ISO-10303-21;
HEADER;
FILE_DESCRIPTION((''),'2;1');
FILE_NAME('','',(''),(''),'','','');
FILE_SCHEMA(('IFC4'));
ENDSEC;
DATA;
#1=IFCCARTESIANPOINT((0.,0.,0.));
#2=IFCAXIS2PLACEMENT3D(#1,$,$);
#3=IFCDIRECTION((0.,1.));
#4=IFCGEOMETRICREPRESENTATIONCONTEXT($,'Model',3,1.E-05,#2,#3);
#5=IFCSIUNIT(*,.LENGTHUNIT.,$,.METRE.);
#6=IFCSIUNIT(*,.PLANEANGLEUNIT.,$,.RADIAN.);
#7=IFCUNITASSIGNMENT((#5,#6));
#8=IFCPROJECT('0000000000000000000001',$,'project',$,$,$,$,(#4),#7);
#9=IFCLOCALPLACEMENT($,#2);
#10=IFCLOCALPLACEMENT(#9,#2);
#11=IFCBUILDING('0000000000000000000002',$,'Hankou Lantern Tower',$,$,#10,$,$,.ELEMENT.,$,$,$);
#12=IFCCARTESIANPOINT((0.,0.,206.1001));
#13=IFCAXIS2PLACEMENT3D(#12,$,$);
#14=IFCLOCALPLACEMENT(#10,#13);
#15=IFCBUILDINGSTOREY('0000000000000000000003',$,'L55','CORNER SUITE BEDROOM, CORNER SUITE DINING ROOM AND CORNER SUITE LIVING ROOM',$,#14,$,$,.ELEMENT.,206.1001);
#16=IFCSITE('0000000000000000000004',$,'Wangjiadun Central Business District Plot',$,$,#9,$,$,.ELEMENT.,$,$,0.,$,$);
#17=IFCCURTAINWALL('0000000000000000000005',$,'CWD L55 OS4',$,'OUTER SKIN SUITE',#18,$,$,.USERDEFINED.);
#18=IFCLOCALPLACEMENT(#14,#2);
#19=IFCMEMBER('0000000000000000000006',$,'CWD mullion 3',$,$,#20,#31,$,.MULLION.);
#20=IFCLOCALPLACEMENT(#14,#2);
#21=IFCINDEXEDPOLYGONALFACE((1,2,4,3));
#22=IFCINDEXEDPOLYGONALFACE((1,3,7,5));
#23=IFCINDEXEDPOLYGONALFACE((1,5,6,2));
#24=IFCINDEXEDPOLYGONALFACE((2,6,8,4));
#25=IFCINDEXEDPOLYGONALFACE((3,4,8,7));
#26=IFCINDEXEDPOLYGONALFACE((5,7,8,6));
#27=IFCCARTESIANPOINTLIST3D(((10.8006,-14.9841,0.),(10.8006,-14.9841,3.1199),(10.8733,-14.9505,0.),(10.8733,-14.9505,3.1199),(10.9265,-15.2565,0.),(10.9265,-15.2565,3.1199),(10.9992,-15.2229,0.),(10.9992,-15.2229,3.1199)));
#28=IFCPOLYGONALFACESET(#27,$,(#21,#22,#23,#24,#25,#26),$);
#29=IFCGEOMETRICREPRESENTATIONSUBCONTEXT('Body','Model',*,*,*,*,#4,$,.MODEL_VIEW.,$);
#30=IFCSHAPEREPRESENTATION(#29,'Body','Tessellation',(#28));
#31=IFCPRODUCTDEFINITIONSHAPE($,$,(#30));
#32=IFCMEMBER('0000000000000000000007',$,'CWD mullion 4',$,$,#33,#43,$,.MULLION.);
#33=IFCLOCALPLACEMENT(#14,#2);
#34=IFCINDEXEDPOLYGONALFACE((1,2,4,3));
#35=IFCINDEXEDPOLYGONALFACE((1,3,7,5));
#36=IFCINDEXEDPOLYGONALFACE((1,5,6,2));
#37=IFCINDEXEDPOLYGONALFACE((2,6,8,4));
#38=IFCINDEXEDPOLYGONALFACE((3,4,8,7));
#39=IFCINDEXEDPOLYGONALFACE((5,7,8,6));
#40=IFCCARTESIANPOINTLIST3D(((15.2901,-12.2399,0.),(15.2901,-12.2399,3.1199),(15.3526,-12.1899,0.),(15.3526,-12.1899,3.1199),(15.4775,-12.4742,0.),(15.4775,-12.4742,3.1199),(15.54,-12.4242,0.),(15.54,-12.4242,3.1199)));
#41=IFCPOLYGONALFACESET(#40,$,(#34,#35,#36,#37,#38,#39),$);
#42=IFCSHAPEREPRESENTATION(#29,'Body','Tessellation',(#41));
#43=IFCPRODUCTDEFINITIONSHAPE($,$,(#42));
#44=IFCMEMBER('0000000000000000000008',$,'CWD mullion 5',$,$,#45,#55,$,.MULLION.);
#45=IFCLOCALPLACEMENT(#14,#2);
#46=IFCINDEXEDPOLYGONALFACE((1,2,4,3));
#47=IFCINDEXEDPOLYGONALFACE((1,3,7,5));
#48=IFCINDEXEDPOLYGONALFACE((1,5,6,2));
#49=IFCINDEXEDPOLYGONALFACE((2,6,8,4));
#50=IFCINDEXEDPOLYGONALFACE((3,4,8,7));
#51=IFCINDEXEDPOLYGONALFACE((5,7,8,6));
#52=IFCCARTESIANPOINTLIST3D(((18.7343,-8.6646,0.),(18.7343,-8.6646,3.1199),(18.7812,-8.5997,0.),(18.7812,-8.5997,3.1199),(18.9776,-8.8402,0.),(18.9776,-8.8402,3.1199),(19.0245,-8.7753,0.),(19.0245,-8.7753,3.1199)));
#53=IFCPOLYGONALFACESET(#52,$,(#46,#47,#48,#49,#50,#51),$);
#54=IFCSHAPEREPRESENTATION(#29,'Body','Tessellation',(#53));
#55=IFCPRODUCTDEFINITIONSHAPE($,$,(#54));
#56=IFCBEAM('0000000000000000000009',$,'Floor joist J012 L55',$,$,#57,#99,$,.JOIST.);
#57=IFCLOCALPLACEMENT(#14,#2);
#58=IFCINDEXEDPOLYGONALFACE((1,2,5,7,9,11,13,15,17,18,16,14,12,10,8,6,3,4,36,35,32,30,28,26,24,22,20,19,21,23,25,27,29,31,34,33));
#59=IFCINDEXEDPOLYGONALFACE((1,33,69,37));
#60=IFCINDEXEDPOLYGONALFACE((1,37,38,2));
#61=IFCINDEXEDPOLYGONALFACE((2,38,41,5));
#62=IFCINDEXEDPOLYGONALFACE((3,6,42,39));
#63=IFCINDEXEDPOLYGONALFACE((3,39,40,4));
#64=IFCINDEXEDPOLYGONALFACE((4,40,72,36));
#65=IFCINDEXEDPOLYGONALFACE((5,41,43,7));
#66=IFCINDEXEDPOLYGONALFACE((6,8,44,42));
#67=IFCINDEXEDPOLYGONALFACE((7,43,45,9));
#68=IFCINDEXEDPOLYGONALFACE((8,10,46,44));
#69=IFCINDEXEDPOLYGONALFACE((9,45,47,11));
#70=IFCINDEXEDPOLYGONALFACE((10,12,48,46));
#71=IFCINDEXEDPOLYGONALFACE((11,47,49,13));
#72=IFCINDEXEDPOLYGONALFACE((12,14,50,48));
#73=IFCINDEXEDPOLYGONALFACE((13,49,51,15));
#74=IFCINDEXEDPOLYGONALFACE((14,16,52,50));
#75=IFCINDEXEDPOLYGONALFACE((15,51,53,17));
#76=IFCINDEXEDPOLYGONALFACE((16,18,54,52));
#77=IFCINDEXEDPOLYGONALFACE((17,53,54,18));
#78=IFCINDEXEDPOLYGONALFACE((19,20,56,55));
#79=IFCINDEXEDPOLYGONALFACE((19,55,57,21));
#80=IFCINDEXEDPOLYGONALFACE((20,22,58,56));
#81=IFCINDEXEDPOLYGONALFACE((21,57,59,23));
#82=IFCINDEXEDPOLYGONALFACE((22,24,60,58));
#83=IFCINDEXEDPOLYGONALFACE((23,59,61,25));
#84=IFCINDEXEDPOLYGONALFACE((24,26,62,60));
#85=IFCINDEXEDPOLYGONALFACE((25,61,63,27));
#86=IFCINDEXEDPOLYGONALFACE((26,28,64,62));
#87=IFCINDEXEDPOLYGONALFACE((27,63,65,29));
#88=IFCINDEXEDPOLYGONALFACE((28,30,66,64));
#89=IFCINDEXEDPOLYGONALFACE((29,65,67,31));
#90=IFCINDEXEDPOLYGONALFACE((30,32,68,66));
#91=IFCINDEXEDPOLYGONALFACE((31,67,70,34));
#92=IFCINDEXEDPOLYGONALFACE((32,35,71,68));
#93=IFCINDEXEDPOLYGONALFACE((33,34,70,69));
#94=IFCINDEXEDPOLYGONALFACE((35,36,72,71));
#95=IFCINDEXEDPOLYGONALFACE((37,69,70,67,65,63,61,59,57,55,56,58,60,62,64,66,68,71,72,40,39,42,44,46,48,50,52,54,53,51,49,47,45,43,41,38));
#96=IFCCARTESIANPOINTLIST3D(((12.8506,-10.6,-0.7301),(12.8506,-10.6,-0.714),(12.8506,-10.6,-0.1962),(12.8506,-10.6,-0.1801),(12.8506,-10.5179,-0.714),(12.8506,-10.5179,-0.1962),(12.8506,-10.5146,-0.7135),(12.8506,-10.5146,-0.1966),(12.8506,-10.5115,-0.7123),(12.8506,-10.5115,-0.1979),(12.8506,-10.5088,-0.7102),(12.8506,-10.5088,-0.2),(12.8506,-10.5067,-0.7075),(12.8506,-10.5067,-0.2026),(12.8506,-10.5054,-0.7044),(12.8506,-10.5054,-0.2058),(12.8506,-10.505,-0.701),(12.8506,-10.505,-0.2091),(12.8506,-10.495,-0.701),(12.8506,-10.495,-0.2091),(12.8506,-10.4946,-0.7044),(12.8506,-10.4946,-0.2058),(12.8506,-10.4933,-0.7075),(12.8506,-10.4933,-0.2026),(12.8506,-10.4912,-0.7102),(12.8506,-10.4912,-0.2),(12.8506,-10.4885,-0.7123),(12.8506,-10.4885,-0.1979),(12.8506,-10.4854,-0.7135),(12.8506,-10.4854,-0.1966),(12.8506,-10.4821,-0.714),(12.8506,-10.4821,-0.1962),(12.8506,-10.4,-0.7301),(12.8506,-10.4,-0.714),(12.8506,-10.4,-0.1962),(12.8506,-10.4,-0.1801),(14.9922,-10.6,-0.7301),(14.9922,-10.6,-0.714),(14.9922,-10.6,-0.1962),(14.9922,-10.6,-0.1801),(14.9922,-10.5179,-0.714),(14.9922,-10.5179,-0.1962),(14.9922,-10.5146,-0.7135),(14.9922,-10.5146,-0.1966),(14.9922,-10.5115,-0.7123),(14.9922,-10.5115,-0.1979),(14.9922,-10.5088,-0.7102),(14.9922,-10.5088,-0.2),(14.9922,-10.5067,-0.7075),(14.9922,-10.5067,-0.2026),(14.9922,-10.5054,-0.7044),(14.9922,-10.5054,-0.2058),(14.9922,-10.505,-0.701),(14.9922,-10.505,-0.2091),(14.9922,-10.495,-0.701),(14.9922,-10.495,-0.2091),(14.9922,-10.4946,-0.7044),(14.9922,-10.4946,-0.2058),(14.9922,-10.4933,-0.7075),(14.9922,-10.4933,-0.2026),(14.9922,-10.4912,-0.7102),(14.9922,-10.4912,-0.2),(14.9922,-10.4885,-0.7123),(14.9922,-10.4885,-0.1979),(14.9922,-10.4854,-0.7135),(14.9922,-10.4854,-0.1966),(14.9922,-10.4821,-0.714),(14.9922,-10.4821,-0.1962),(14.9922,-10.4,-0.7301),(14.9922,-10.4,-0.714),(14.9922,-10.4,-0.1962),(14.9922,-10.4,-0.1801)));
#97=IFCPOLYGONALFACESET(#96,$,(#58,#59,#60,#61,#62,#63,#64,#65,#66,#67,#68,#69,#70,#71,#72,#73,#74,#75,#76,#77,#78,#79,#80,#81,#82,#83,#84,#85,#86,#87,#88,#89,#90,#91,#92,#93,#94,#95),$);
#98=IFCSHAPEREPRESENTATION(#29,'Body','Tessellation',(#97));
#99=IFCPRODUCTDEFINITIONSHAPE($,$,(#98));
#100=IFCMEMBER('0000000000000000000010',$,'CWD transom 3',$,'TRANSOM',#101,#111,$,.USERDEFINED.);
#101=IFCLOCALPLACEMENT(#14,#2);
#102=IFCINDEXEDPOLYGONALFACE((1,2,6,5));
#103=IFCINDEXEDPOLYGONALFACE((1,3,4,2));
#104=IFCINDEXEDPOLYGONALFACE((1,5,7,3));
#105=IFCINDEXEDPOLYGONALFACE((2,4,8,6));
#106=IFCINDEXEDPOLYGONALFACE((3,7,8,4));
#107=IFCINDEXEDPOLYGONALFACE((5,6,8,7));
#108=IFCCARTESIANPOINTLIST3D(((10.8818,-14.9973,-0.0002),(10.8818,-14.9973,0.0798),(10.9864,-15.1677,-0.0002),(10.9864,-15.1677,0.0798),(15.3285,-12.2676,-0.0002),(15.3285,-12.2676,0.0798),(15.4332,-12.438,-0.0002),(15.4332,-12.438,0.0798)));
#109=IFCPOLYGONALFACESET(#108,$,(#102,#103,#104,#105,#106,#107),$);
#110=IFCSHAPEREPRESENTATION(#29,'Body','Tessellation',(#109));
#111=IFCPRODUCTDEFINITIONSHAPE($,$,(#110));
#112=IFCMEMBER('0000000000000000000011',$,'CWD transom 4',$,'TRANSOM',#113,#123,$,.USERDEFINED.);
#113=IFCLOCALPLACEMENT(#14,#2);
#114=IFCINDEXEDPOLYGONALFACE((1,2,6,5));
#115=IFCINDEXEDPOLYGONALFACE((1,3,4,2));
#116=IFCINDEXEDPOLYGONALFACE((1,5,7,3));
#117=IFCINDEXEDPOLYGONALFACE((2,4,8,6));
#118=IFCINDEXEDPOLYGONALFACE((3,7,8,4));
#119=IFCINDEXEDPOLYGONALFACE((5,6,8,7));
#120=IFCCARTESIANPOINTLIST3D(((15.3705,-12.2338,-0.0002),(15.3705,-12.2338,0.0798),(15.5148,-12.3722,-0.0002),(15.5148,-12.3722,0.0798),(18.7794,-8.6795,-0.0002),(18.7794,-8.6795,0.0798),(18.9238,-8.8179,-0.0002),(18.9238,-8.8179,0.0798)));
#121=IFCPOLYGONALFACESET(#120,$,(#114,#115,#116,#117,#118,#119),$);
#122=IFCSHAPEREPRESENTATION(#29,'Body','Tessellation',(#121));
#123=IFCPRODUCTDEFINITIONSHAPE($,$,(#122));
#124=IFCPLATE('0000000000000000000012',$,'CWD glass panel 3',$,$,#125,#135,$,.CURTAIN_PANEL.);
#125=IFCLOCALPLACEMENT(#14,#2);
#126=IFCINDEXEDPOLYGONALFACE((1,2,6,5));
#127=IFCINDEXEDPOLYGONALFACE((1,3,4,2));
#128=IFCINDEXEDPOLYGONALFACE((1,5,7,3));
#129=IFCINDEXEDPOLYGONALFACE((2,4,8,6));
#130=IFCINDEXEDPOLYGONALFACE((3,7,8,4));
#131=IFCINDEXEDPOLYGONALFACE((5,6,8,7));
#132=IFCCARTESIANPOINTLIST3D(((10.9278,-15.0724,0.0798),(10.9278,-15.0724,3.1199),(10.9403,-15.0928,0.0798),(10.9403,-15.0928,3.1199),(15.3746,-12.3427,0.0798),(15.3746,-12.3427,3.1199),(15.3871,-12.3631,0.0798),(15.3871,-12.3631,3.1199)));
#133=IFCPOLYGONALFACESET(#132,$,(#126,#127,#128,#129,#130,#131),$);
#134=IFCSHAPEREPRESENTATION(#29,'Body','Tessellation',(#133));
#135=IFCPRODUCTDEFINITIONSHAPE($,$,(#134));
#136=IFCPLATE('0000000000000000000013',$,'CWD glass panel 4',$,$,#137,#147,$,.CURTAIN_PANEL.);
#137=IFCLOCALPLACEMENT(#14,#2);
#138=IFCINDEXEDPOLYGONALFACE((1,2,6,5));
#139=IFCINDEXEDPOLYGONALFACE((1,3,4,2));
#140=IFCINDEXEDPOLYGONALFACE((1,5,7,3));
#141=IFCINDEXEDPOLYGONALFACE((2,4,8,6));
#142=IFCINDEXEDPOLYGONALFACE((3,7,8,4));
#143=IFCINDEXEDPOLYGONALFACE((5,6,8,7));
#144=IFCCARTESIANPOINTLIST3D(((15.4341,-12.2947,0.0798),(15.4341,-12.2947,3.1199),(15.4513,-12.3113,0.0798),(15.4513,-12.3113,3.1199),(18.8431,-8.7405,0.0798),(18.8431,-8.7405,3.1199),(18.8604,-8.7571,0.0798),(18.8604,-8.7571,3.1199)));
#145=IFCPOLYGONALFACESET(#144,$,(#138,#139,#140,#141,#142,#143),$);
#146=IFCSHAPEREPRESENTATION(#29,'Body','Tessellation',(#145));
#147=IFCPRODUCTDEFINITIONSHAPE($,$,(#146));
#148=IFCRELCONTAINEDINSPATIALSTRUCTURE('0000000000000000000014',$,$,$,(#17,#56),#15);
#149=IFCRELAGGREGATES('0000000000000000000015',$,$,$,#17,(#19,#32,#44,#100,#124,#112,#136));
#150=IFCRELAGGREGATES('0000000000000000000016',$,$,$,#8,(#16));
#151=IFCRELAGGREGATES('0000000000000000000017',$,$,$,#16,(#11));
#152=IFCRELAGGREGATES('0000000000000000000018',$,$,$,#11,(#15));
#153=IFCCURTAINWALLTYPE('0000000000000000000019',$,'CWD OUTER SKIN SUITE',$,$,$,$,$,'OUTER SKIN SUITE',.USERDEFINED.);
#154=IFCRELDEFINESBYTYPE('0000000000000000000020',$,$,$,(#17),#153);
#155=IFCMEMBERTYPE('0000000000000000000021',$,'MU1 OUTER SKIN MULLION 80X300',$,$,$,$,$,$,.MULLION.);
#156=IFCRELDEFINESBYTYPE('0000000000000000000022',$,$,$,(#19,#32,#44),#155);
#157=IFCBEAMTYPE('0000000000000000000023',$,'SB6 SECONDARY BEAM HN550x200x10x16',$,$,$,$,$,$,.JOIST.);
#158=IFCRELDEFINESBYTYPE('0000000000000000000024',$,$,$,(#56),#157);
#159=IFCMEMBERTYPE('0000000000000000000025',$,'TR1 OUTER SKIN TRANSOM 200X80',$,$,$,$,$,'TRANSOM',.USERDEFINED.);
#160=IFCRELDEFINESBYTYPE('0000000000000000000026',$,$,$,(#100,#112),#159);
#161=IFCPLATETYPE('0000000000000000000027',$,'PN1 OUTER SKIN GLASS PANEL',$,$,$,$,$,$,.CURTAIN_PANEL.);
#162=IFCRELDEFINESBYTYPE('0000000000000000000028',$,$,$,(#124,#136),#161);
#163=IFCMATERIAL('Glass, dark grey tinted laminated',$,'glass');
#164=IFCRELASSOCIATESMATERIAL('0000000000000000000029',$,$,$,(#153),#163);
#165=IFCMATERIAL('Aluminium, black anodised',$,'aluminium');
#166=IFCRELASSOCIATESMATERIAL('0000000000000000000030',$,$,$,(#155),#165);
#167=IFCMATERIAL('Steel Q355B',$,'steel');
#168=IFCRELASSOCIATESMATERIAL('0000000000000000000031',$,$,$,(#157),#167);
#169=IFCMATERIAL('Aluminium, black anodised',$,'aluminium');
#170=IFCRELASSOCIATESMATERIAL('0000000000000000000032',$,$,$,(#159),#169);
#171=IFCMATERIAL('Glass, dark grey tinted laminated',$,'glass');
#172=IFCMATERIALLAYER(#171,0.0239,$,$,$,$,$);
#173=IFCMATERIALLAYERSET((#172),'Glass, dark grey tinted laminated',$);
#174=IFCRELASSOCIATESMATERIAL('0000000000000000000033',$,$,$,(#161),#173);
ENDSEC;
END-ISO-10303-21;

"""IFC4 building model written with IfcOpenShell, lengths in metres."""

from ifc_helpers import new_model, si_unit, direction, frame, origin, origin_2d, place, context, subcontext, project, spatial, rectangle, i_section, extrude, material, layer, layer_set, material_profile, profile_set, type_object, element, aggregate, save


model = new_model("IFC4")

# Units and contexts
model_context = context("Model", 3, precision=1e-05, world=origin(), true_north=direction((0.0, 1.0)))
body_context = subcontext(model_context, "Body", "Model", "MODEL_VIEW")
ifc_project = project(units=[si_unit("LENGTHUNIT", "METRE"), si_unit("PLANEANGLEUNIT", "RADIAN")], contexts=[model_context])

# Site, building, storey
site_placement = place(None, origin())
site = spatial("IfcSite", under=ifc_project, at=site_placement, Name="Wangjiadun Central Business District Plot", CompositionType="ELEMENT", RefElevation=0.0)
building_placement = place(site_placement, origin())
building = spatial("IfcBuilding", under=site, at=building_placement, Name="Hankou Lantern Tower", CompositionType="ELEMENT")
storey_placement = place(building_placement, frame((0.0, 0.0, 206.1001)))
storey = spatial("IfcBuildingStorey", under=building, at=storey_placement, Name="L55", Description="CORNER SUITE BEDROOM, CORNER SUITE DINING ROOM AND CORNER SUITE LIVING ROOM", CompositionType="ELEMENT", Elevation=206.1001)

# Curtain wall, members
ifc_material_1 = material(Name="Glass, dark grey tinted laminated", Category="glass")
curtain_wall_type = type_object("IfcCurtainWallType", Name="CWD OUTER SKIN SUITE", ElementType="OUTER SKIN SUITE", PredefinedType="USERDEFINED", material=ifc_material_1)
curtain_wall_placement = place(storey_placement, origin())
curtain_wall = element("IfcCurtainWall", 1, at=curtain_wall_placement, inside=storey, type_object=curtain_wall_type, Name="CWD L55 OS4", ObjectType="OUTER SKIN SUITE", PredefinedType="USERDEFINED")
ifc_material_2 = material(Name="Aluminium, black anodised", Category="aluminium")
ifc_material_profile_1 = material_profile(ifc_material_2, rectangle(XDim=0.0801, YDim=0.3, at=origin_2d()), Name="MU1 80X300")
ifc_profile_set_1 = profile_set([ifc_material_profile_1], Name="Aluminium, black anodised")
member_type_1 = type_object("IfcMemberType", Name="MU1 OUTER SKIN MULLION 80X300", PredefinedType="MULLION", material=ifc_profile_set_1)
member_1_placement = place(storey_placement, frame((10.8999, -15.1035, 0.0), z_axis=(0.0, 0.0, 1.0), x_axis=(0.907841, 0.419314, 0.0)))
member_1 = element("IfcMember", 2, at=member_1_placement, type_object=member_type_1, Name="CWD mullion 3", PredefinedType="MULLION", context=body_context, shape_type="SweptSolid", body=[
    extrude(rectangle(XDim=0.0801, YDim=0.3, at=origin_2d()), origin(), (0.0, 0.0, 1.0), 3.1199),
])
member_2_placement = place(storey_placement, frame((15.415, -12.332, 0.0), z_axis=(0.0, 0.0, 1.0), x_axis=(0.780869, 0.624695, 0.0)))
member_2 = element("IfcMember", 3, at=member_2_placement, type_object=member_type_1, Name="CWD mullion 4", PredefinedType="MULLION", context=body_context, shape_type="SweptSolid", body=[
    extrude(rectangle(XDim=0.0801, YDim=0.3, at=origin_2d()), origin(), (0.0, 0.0, 1.0), 3.1199),
])
member_3_placement = place(storey_placement, frame((18.8794, -8.72, 0.0), z_axis=(0.0, 0.0, 1.0), x_axis=(0.585206, 0.810885, 0.0)))
member_3 = element("IfcMember", 4, at=member_3_placement, type_object=member_type_1, Name="CWD mullion 5", PredefinedType="MULLION", context=body_context, shape_type="SweptSolid", body=[
    extrude(rectangle(XDim=0.0801, YDim=0.3, at=origin_2d()), origin(), (0.0, 0.0, 1.0), 3.1199),
])

# Beam
ifc_material_3 = material(Name="Steel Q355B", Category="steel")
ifc_material_profile_2 = material_profile(ifc_material_3, i_section(OverallWidth=0.2, OverallDepth=0.55, WebThickness=0.01, FlangeThickness=0.0161, FilletRadius=0.0129, at=origin_2d()), Name="HN550x200x10x16")
ifc_profile_set_2 = profile_set([ifc_material_profile_2], Name="Steel Q355B")
beam_type_1 = type_object("IfcBeamType", Name="SB6 SECONDARY BEAM HN550x200x10x16", PredefinedType="JOIST", material=ifc_profile_set_2)
beam_1_placement = place(storey_placement, frame((12.8506, -10.5, -0.4551), z_axis=(1.0, 0.0, 0.0), x_axis=(0.0, 1.0, 0.0)))
element("IfcBeam", 5, at=beam_1_placement, inside=storey, type_object=beam_type_1, Name="Floor joist J012 L55", PredefinedType="JOIST", context=body_context, shape_type="SweptSolid", body=[
    extrude(i_section(OverallWidth=0.2, OverallDepth=0.55, WebThickness=0.01, FlangeThickness=0.0161, FilletRadius=0.0129, at=origin_2d()), origin(), (0.0, 0.0, 1.0), 2.1416),
])

# Members
ifc_material_4 = material(Name="Aluminium, black anodised", Category="aluminium")
ifc_material_profile_3 = material_profile(ifc_material_4, rectangle(XDim=0.2, YDim=0.0801, at=origin_2d()), Name="TR1 200X80")
ifc_profile_set_3 = profile_set([ifc_material_profile_3], Name="Aluminium, black anodised")
member_type_2 = type_object("IfcMemberType", Name="TR1 OUTER SKIN TRANSOM 200X80", ElementType="TRANSOM", PredefinedType="USERDEFINED", material=ifc_profile_set_3)
member_4_placement = place(storey_placement, frame((10.9341, -15.0825, 0.0398), z_axis=(0.852235, 0.52316, 0.0), x_axis=(-0.52316, 0.852235, 0.0)))
member_4 = element("IfcMember", 6, at=member_4_placement, type_object=member_type_2, Name="CWD transom 3", ObjectType="TRANSOM", PredefinedType="USERDEFINED", context=body_context, shape_type="SweptSolid", body=[
    extrude(rectangle(XDim=0.2, YDim=0.0801, at=origin_2d()), origin(), (0.0, 0.0, 1.0), 5.2178),
])
member_5_placement = place(storey_placement, frame((15.4426, -12.303, 0.0398), z_axis=(0.692205, 0.721701, 0.0), x_axis=(-0.721701, 0.692205, 0.0)))
member_5 = element("IfcMember", 7, at=member_5_placement, type_object=member_type_2, Name="CWD transom 4", ObjectType="TRANSOM", PredefinedType="USERDEFINED", context=body_context, shape_type="SweptSolid", body=[
    extrude(rectangle(XDim=0.2, YDim=0.0801, at=origin_2d()), origin(), (0.0, 0.0, 1.0), 4.9248),
])

# Plates
ifc_material_5 = material(Name="Glass, dark grey tinted laminated", Category="glass")
ifc_layer_1 = layer(ifc_material_5, 0.0239)
ifc_layer_set_1 = layer_set([ifc_layer_1], Name="Glass, dark grey tinted laminated")
plate_type = type_object("IfcPlateType", Name="PN1 OUTER SKIN GLASS PANEL", PredefinedType="CURTAIN_PANEL", material=ifc_layer_set_1)
plate_1_placement = place(storey_placement, frame((13.1575, -13.7178, 0.0798), z_axis=(0.0, 0.0, 1.0), x_axis=(0.852237, 0.523156, 0.0)))
plate_1 = element("IfcPlate", 8, at=plate_1_placement, type_object=plate_type, Name="CWD glass panel 3", PredefinedType="CURTAIN_PANEL", context=body_context, shape_type="SweptSolid", body=[
    extrude(rectangle(XDim=5.2178, YDim=0.0239, at=origin_2d()), origin(), (0.0, 0.0, 1.0), 3.04),
])
plate_2_placement = place(storey_placement, frame((17.1472, -10.5259, 0.0798), z_axis=(0.0, 0.0, 1.0), x_axis=(0.692216, 0.721691, 0.0)))
plate_2 = element("IfcPlate", 9, at=plate_2_placement, type_object=plate_type, Name="CWD glass panel 4", PredefinedType="CURTAIN_PANEL", context=body_context, shape_type="SweptSolid", body=[
    extrude(rectangle(XDim=4.9248, YDim=0.0239, at=origin_2d()), origin(), (0.0, 0.0, 1.0), 3.04),
])
aggregate(curtain_wall, [member_1, member_2, member_3, member_4, plate_1, member_5, plate_2])

save(model, "model.ifc")
